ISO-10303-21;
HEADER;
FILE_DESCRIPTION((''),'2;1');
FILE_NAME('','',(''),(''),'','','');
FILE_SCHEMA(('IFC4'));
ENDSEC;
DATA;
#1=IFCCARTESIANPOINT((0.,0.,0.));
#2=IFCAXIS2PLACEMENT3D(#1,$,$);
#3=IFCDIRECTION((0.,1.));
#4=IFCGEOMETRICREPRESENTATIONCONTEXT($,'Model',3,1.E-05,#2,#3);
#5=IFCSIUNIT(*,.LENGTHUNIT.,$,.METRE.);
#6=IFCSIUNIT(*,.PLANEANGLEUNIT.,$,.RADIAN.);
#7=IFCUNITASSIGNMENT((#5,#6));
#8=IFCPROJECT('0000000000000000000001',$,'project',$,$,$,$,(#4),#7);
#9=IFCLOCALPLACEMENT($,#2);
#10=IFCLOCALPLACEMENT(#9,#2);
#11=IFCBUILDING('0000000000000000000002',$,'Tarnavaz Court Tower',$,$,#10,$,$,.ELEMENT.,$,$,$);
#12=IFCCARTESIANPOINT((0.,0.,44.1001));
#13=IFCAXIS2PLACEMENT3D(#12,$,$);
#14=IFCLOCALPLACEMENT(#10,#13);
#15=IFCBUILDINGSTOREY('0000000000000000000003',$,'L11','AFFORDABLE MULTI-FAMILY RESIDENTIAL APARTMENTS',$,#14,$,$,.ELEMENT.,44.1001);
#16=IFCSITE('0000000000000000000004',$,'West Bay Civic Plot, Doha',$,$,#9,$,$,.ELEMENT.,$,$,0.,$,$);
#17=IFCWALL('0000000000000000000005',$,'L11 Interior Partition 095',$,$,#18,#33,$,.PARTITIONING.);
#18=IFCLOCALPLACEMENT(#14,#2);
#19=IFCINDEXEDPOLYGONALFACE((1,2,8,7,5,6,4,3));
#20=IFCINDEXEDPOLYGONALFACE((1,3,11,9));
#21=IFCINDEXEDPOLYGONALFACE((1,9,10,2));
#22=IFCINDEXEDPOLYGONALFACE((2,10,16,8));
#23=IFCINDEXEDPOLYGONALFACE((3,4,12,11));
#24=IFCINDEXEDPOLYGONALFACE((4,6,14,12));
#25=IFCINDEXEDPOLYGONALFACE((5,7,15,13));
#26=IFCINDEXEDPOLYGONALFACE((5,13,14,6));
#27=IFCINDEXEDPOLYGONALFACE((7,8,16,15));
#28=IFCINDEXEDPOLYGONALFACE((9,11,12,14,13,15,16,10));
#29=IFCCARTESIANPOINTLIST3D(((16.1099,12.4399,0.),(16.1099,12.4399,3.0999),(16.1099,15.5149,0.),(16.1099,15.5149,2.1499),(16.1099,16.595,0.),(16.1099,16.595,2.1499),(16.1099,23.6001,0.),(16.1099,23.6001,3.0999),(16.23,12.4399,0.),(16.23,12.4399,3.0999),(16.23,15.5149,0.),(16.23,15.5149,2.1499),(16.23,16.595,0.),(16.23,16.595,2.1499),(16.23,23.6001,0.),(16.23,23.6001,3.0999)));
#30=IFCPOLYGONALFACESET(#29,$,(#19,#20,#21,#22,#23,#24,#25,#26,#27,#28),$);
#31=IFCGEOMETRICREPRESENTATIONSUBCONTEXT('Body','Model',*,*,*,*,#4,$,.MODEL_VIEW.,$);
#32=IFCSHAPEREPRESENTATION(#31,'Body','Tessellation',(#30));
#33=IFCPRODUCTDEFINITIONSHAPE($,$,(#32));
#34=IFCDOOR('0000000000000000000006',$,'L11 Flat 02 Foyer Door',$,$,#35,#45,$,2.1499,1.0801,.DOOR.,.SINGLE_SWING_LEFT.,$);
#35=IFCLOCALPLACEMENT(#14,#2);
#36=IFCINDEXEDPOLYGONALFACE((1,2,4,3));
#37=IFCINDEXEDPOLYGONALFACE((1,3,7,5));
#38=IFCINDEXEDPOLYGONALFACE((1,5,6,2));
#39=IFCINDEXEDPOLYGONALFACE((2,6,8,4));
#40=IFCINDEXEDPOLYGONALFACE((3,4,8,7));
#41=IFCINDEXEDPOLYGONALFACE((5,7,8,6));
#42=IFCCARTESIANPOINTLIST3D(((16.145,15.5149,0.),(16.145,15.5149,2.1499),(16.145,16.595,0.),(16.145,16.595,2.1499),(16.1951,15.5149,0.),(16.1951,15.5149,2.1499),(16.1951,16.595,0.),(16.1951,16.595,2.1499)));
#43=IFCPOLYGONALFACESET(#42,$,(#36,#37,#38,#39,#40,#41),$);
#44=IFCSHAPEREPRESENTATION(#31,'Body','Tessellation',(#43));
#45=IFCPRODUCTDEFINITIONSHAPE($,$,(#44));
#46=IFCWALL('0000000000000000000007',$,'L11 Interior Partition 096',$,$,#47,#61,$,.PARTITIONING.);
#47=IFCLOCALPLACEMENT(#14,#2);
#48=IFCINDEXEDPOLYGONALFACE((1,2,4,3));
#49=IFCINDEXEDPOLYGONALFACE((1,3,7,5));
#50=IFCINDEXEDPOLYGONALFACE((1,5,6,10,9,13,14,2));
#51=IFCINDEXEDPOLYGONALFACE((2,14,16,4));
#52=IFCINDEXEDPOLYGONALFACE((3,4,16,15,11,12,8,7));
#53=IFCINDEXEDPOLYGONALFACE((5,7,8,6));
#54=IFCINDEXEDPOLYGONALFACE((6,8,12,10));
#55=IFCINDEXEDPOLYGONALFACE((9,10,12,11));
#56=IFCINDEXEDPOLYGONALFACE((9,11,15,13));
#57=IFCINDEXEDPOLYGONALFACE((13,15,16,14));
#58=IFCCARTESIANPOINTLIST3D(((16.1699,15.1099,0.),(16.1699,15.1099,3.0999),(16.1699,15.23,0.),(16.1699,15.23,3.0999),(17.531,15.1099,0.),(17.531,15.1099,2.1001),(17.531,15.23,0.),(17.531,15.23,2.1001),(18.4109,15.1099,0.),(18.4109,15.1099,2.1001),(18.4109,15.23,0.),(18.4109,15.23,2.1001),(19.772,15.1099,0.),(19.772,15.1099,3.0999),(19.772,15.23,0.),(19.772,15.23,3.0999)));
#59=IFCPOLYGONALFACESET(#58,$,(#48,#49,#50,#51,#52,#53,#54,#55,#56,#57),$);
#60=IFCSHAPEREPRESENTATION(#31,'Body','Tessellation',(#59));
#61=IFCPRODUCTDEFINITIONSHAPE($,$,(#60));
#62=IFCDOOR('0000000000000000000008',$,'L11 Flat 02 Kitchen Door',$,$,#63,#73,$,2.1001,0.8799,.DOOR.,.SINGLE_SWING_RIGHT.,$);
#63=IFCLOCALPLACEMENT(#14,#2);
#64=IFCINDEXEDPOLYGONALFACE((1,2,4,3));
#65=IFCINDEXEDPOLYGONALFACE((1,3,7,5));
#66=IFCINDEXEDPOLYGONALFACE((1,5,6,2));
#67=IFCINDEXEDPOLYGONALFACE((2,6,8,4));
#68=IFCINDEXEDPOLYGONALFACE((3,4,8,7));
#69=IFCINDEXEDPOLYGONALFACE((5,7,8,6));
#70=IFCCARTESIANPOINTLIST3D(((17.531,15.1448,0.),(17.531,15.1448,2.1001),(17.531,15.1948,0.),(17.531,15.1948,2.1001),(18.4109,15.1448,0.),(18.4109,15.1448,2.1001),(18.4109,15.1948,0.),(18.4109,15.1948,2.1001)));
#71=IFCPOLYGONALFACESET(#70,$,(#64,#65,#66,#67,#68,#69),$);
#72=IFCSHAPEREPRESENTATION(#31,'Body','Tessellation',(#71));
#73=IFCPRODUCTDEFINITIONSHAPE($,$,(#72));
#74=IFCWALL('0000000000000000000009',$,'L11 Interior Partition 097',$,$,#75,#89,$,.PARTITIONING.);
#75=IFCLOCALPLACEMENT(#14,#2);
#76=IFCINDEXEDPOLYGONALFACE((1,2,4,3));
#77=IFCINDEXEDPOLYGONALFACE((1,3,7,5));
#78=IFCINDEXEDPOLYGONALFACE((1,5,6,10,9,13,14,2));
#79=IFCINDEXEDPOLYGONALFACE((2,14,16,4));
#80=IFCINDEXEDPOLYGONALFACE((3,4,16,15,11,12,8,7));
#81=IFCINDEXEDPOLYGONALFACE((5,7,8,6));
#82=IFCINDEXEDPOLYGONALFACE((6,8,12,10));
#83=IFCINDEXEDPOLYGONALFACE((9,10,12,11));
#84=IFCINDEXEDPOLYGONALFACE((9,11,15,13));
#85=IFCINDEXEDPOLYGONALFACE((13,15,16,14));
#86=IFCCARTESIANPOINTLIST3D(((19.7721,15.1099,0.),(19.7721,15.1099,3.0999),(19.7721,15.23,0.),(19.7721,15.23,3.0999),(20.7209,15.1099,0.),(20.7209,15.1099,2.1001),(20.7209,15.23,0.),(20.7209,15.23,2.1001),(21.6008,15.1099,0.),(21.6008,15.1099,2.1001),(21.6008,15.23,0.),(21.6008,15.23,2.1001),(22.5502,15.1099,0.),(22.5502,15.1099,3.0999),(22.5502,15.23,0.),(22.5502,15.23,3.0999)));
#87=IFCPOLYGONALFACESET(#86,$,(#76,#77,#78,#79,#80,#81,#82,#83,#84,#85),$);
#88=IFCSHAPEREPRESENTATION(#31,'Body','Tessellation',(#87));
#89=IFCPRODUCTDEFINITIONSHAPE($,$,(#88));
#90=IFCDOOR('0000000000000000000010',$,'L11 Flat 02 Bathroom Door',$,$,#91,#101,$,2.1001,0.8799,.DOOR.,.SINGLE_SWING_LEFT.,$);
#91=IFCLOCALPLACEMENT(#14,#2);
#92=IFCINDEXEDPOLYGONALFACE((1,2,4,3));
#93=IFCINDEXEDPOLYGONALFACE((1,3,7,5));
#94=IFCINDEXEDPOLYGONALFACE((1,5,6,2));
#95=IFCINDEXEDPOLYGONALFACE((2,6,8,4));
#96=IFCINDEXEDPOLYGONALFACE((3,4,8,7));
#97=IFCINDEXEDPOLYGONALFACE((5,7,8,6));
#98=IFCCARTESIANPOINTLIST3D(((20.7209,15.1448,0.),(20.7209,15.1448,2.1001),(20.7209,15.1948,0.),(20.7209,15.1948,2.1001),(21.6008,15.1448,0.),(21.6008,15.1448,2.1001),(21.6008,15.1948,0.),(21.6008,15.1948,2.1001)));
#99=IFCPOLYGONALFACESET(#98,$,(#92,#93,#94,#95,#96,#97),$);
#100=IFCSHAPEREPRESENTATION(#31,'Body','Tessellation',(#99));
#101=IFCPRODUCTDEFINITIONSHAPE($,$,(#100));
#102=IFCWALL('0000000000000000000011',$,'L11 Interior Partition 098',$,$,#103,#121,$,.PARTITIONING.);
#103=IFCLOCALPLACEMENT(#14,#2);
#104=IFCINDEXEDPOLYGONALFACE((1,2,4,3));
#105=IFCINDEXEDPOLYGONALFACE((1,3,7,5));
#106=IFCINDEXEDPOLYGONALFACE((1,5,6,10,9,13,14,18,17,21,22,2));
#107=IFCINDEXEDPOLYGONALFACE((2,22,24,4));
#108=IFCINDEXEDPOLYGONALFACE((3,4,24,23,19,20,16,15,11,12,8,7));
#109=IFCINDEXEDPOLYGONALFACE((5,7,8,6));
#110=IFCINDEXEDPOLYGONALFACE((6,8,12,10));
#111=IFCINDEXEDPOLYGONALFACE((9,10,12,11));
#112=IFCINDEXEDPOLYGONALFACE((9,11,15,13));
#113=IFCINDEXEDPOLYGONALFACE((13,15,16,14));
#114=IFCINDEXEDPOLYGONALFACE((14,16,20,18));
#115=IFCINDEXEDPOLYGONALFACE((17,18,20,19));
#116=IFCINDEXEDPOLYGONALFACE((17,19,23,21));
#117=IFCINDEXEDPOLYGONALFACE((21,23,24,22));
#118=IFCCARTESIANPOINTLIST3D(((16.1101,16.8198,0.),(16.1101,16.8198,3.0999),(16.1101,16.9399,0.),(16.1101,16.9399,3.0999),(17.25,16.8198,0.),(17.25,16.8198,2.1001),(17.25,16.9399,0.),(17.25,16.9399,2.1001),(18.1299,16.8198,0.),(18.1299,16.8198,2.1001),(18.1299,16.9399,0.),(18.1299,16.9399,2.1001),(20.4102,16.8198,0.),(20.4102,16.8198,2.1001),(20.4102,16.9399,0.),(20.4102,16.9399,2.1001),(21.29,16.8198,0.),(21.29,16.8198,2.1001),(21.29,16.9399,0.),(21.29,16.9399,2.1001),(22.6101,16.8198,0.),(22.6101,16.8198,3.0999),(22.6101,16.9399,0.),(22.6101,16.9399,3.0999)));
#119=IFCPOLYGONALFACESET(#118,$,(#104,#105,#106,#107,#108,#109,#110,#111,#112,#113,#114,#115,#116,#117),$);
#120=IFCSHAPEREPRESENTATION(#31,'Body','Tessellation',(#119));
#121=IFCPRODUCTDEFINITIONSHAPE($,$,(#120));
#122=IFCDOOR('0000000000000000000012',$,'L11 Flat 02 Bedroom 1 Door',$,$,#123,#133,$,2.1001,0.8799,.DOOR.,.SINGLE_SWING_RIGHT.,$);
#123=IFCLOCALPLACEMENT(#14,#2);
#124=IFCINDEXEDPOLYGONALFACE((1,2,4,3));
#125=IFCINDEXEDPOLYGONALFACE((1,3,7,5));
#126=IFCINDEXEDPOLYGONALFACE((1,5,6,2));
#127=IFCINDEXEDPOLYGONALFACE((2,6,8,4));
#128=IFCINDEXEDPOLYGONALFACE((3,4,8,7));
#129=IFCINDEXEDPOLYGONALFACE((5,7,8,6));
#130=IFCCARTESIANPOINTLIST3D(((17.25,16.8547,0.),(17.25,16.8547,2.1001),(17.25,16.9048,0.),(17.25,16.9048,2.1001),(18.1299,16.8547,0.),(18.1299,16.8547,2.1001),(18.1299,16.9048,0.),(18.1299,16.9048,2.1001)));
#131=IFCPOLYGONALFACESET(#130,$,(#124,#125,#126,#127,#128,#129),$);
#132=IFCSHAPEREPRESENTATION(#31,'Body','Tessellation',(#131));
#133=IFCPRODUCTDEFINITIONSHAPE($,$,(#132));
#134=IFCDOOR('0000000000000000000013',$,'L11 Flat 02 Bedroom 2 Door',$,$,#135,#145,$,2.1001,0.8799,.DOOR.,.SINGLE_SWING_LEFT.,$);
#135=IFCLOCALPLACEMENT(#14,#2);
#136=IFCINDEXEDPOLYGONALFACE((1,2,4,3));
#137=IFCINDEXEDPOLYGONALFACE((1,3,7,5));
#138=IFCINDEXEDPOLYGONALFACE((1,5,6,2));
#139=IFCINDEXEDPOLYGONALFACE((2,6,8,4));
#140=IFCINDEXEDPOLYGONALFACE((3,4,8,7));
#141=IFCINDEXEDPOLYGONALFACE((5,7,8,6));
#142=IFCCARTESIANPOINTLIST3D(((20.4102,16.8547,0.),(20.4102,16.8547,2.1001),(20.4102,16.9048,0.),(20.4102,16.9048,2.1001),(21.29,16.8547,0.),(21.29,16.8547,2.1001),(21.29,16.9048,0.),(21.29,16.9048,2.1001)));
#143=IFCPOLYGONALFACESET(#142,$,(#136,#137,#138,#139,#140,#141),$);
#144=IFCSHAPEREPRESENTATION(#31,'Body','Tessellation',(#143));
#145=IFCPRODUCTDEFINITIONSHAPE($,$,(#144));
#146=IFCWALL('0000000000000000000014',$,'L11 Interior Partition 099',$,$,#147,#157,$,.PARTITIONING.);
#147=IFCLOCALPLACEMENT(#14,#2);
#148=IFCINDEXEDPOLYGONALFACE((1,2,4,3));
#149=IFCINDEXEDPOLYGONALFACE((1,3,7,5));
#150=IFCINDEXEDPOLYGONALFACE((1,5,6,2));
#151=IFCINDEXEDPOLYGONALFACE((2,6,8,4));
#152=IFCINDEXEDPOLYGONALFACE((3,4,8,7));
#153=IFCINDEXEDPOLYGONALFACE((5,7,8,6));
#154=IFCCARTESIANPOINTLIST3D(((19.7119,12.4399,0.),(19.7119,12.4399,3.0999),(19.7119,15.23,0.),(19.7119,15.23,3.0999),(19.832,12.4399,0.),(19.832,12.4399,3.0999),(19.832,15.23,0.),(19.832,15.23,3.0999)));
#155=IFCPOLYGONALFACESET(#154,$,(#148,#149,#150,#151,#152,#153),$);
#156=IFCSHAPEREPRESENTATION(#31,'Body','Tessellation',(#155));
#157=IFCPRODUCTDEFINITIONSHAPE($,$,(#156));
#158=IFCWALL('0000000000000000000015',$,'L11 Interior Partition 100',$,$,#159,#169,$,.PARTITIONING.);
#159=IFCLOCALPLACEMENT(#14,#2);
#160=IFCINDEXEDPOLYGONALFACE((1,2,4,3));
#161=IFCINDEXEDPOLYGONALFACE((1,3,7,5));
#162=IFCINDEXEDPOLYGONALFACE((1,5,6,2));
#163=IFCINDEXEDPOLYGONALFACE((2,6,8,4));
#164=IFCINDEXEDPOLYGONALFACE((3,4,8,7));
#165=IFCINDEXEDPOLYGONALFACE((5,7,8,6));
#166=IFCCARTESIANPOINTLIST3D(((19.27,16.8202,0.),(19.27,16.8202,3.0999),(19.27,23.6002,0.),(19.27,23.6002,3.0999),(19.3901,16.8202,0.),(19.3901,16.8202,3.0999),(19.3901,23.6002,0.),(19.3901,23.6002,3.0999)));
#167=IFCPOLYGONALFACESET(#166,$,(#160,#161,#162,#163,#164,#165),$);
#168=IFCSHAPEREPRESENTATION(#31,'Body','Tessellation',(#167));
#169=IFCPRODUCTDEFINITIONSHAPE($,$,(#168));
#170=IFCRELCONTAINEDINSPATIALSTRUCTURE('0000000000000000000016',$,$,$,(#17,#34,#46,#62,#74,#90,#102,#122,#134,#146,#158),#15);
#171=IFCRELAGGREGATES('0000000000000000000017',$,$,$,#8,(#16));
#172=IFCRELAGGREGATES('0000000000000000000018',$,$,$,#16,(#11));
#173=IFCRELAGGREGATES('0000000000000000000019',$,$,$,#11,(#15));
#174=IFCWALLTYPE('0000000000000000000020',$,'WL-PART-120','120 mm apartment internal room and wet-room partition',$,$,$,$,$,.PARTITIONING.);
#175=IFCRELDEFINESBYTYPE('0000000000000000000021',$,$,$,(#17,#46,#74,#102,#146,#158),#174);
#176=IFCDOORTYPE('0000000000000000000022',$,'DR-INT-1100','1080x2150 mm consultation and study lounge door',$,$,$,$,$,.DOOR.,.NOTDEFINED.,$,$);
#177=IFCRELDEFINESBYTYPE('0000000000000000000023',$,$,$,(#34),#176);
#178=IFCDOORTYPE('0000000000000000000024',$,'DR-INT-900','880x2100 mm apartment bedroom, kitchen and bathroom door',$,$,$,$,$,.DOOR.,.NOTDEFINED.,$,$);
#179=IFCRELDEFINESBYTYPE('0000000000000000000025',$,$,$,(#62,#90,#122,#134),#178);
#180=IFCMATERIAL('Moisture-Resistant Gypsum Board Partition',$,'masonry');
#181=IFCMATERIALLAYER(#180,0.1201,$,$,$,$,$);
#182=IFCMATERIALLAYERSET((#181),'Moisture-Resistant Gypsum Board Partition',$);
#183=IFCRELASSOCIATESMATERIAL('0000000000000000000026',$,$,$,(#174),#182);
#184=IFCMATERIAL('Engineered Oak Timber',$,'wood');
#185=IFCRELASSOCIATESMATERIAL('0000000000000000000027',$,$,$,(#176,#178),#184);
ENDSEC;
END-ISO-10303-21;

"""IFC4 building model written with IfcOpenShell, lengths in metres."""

from ifc_helpers import new_model, si_unit, direction, frame, frame_2d, origin, place, context, subcontext, project, spatial, rectangle, extrude, material, layer, layer_set, type_object, element, fill, save


model = new_model("IFC4")

# Units and contexts
model_context = context("Model", 3, precision=1e-05, world=origin(), true_north=direction((0.0, 1.0)))
body_context = subcontext(model_context, "Body", "Model", "MODEL_VIEW")
ifc_project = project(units=[si_unit("LENGTHUNIT", "METRE"), si_unit("PLANEANGLEUNIT", "RADIAN")], contexts=[model_context])

# Site, building, storey
site_placement = place(None, origin())
site = spatial("IfcSite", under=ifc_project, at=site_placement, Name="West Bay Civic Plot, Doha", CompositionType="ELEMENT", RefElevation=0.0)
building_placement = place(site_placement, origin())
building = spatial("IfcBuilding", under=site, at=building_placement, Name="Tarnavaz Court Tower", CompositionType="ELEMENT")
storey_placement = place(building_placement, frame((0.0, 0.0, 44.1001)))
storey = spatial("IfcBuildingStorey", under=building, at=storey_placement, Name="L11", Description="AFFORDABLE MULTI-FAMILY RESIDENTIAL APARTMENTS", CompositionType="ELEMENT", Elevation=44.1001)

# Walls, openings, doors
ifc_material_1 = material(Name="Moisture-Resistant Gypsum Board Partition", Category="masonry")
ifc_layer_1 = layer(ifc_material_1, 0.1201)
ifc_layer_set_1 = layer_set([ifc_layer_1], Name="Moisture-Resistant Gypsum Board Partition")
wall_type_1 = type_object("IfcWallType", Name="WL-PART-120", Description="120 mm apartment internal room and wet-room partition", PredefinedType="PARTITIONING", material=ifc_layer_set_1)
wall_1_placement = place(storey_placement, frame((16.1699, 12.4399, 0.0), z_axis=(0.0, 0.0, 1.0), x_axis=(0.0, 1.0, 0.0)))
wall_1 = element("IfcWall", 1, at=wall_1_placement, inside=storey, type_object=wall_type_1, Name="L11 Interior Partition 095", PredefinedType="PARTITIONING", context=body_context, shape_type="SweptSolid", body=[
    extrude(rectangle(XDim=11.1602, YDim=0.1201, at=frame_2d((5.5801, 0.0))), origin(), (0.0, 0.0, 1.0), 3.0999),
])
opening_1_placement = place(wall_1_placement, frame((3.075, 0.0, 0.0)))
opening_1 = element("IfcOpeningElement", 2, at=opening_1_placement, cuts=wall_1, PredefinedType="OPENING", context=body_context, shape_type="SweptSolid", body=[
    extrude(rectangle(XDim=1.0801, YDim=2.1499, at=frame_2d((0.54, 1.075))), frame((0.0, 0.0701, 0.0), z_axis=(0.0, -1.0, 0.0), x_axis=(1.0, 0.0, 0.0)), (0.0, 0.0, 1.0), 0.1401),
])
ifc_material_2 = material(Name="Engineered Oak Timber", Category="wood")
door_type_1 = type_object("IfcDoorType", Name="DR-INT-1100", Description="1080x2150 mm consultation and study lounge door", OperationType="NOTDEFINED", PredefinedType="DOOR", material=ifc_material_2)
door_1_placement = place(opening_1_placement, origin())
door_1 = element("IfcDoor", 3, at=door_1_placement, inside=storey, type_object=door_type_1, Name="L11 Flat 02 Foyer Door", OperationType="SINGLE_SWING_LEFT", OverallHeight=2.1499, OverallWidth=1.0801, PredefinedType="DOOR", context=body_context, shape_type="SweptSolid", body=[
    extrude(rectangle(XDim=1.0801, YDim=2.1499, at=frame_2d((0.54, 1.075))), frame((0.0, 0.0249, 0.0), z_axis=(0.0, -1.0, 0.0), x_axis=(1.0, 0.0, 0.0)), (0.0, 0.0, 1.0), 0.05),
])
fill(opening_1, door_1)
wall_2_placement = place(storey_placement, frame((16.1699, 15.1699, 0.0), z_axis=(0.0, 0.0, 1.0), x_axis=(1.0, 0.0, 0.0)))
wall_2 = element("IfcWall", 4, at=wall_2_placement, inside=storey, type_object=wall_type_1, Name="L11 Interior Partition 096", PredefinedType="PARTITIONING", context=body_context, shape_type="SweptSolid", body=[
    extrude(rectangle(XDim=3.6021, YDim=0.1201, at=frame_2d((1.801, 0.0))), origin(), (0.0, 0.0, 1.0), 3.0999),
])
opening_2_placement = place(wall_2_placement, frame((1.3611, 0.0, 0.0)))
opening_2 = element("IfcOpeningElement", 5, at=opening_2_placement, cuts=wall_2, PredefinedType="OPENING", context=body_context, shape_type="SweptSolid", body=[
    extrude(rectangle(XDim=0.8799, YDim=2.1001, at=frame_2d((0.4399, 1.05))), frame((0.0, 0.0701, 0.0), z_axis=(0.0, -1.0, 0.0), x_axis=(1.0, 0.0, 0.0)), (0.0, 0.0, 1.0), 0.1401),
])
door_type_2 = type_object("IfcDoorType", Name="DR-INT-900", Description="880x2100 mm apartment bedroom, kitchen and bathroom door", OperationType="NOTDEFINED", PredefinedType="DOOR", material=ifc_material_2)
door_2_placement = place(opening_2_placement, origin())
door_2 = element("IfcDoor", 6, at=door_2_placement, inside=storey, type_object=door_type_2, Name="L11 Flat 02 Kitchen Door", OperationType="SINGLE_SWING_RIGHT", OverallHeight=2.1001, OverallWidth=0.8799, PredefinedType="DOOR", context=body_context, shape_type="SweptSolid", body=[
    extrude(rectangle(XDim=0.8799, YDim=2.1001, at=frame_2d((0.4399, 1.05))), frame((0.0, 0.0249, 0.0), z_axis=(0.0, -1.0, 0.0), x_axis=(1.0, 0.0, 0.0)), (0.0, 0.0, 1.0), 0.05),
])
fill(opening_2, door_2)
wall_3_placement = place(storey_placement, frame((19.772, 15.1699, 0.0), z_axis=(0.0, 0.0, 1.0), x_axis=(1.0, 0.0, 0.0)))
wall_3 = element("IfcWall", 7, at=wall_3_placement, inside=storey, type_object=wall_type_1, Name="L11 Interior Partition 097", PredefinedType="PARTITIONING", context=body_context, shape_type="SweptSolid", body=[
    extrude(rectangle(XDim=2.7781, YDim=0.1201, at=frame_2d((1.3892, 0.0))), origin(), (0.0, 0.0, 1.0), 3.0999),
])
opening_3_placement = place(wall_3_placement, frame((0.949, 0.0, 0.0)))
opening_3 = element("IfcOpeningElement", 8, at=opening_3_placement, cuts=wall_3, PredefinedType="OPENING", context=body_context, shape_type="SweptSolid", body=[
    extrude(rectangle(XDim=0.8799, YDim=2.1001, at=frame_2d((0.4399, 1.05))), frame((0.0, 0.0701, 0.0), z_axis=(0.0, -1.0, 0.0), x_axis=(1.0, 0.0, 0.0)), (0.0, 0.0, 1.0), 0.1401),
])
door_3_placement = place(opening_3_placement, origin())
door_3 = element("IfcDoor", 9, at=door_3_placement, inside=storey, type_object=door_type_2, Name="L11 Flat 02 Bathroom Door", OperationType="SINGLE_SWING_LEFT", OverallHeight=2.1001, OverallWidth=0.8799, PredefinedType="DOOR", context=body_context, shape_type="SweptSolid", body=[
    extrude(rectangle(XDim=0.8799, YDim=2.1001, at=frame_2d((0.4399, 1.05))), frame((0.0, 0.0249, 0.0), z_axis=(0.0, -1.0, 0.0), x_axis=(1.0, 0.0, 0.0)), (0.0, 0.0, 1.0), 0.05),
])
fill(opening_3, door_3)

# Wall, openings, doors
wall_4_placement = place(storey_placement, frame((16.1101, 16.8799, 0.0), z_axis=(0.0, 0.0, 1.0), x_axis=(1.0, 0.0, 0.0)))
wall_4 = element("IfcWall", 10, at=wall_4_placement, inside=storey, type_object=wall_type_1, Name="L11 Interior Partition 098", PredefinedType="PARTITIONING", context=body_context, shape_type="SweptSolid", body=[
    extrude(rectangle(XDim=6.5, YDim=0.1201, at=frame_2d((3.25, 0.0))), origin(), (0.0, 0.0, 1.0), 3.0999),
])
opening_4_placement = place(wall_4_placement, frame((1.1399, 0.0, 0.0)))
opening_4 = element("IfcOpeningElement", 11, at=opening_4_placement, cuts=wall_4, PredefinedType="OPENING", context=body_context, shape_type="SweptSolid", body=[
    extrude(rectangle(XDim=0.8799, YDim=2.1001, at=frame_2d((0.4399, 1.05))), frame((0.0, 0.0701, 0.0), z_axis=(0.0, -1.0, 0.0), x_axis=(1.0, 0.0, 0.0)), (0.0, 0.0, 1.0), 0.1401),
])
opening_5_placement = place(wall_4_placement, frame((4.3, 0.0, 0.0)))
opening_5 = element("IfcOpeningElement", 12, at=opening_5_placement, cuts=wall_4, PredefinedType="OPENING", context=body_context, shape_type="SweptSolid", body=[
    extrude(rectangle(XDim=0.8799, YDim=2.1001, at=frame_2d((0.4399, 1.05))), frame((0.0, 0.0701, 0.0), z_axis=(0.0, -1.0, 0.0), x_axis=(1.0, 0.0, 0.0)), (0.0, 0.0, 1.0), 0.1401),
])
door_4_placement = place(opening_4_placement, origin())
door_4 = element("IfcDoor", 13, at=door_4_placement, inside=storey, type_object=door_type_2, Name="L11 Flat 02 Bedroom 1 Door", OperationType="SINGLE_SWING_RIGHT", OverallHeight=2.1001, OverallWidth=0.8799, PredefinedType="DOOR", context=body_context, shape_type="SweptSolid", body=[
    extrude(rectangle(XDim=0.8799, YDim=2.1001, at=frame_2d((0.4399, 1.05))), frame((0.0, 0.0249, 0.0), z_axis=(0.0, -1.0, 0.0), x_axis=(1.0, 0.0, 0.0)), (0.0, 0.0, 1.0), 0.05),
])
fill(opening_4, door_4)
door_5_placement = place(opening_5_placement, origin())
door_5 = element("IfcDoor", 14, at=door_5_placement, inside=storey, type_object=door_type_2, Name="L11 Flat 02 Bedroom 2 Door", OperationType="SINGLE_SWING_LEFT", OverallHeight=2.1001, OverallWidth=0.8799, PredefinedType="DOOR", context=body_context, shape_type="SweptSolid", body=[
    extrude(rectangle(XDim=0.8799, YDim=2.1001, at=frame_2d((0.4399, 1.05))), frame((0.0, 0.0249, 0.0), z_axis=(0.0, -1.0, 0.0), x_axis=(1.0, 0.0, 0.0)), (0.0, 0.0, 1.0), 0.05),
])
fill(opening_5, door_5)

# Walls
wall_5_placement = place(storey_placement, frame((19.772, 12.4399, 0.0), z_axis=(0.0, 0.0, 1.0), x_axis=(0.0, 1.0, 0.0)))
element("IfcWall", 15, at=wall_5_placement, inside=storey, type_object=wall_type_1, Name="L11 Interior Partition 099", PredefinedType="PARTITIONING", context=body_context, shape_type="SweptSolid", body=[
    extrude(rectangle(XDim=2.79, YDim=0.1201, at=frame_2d((1.395, 0.0))), origin(), (0.0, 0.0, 1.0), 3.0999),
])
wall_6_placement = place(storey_placement, frame((19.3301, 16.8201, 0.0), z_axis=(0.0, 0.0, 1.0), x_axis=(0.0, 1.0, 0.0)))
element("IfcWall", 16, at=wall_6_placement, inside=storey, type_object=wall_type_1, Name="L11 Interior Partition 100", PredefinedType="PARTITIONING", context=body_context, shape_type="SweptSolid", body=[
    extrude(rectangle(XDim=6.78, YDim=0.1201, at=frame_2d((3.3901, 0.0))), origin(), (0.0, 0.0, 1.0), 3.0999),
])

save(model, "model.ifc")
